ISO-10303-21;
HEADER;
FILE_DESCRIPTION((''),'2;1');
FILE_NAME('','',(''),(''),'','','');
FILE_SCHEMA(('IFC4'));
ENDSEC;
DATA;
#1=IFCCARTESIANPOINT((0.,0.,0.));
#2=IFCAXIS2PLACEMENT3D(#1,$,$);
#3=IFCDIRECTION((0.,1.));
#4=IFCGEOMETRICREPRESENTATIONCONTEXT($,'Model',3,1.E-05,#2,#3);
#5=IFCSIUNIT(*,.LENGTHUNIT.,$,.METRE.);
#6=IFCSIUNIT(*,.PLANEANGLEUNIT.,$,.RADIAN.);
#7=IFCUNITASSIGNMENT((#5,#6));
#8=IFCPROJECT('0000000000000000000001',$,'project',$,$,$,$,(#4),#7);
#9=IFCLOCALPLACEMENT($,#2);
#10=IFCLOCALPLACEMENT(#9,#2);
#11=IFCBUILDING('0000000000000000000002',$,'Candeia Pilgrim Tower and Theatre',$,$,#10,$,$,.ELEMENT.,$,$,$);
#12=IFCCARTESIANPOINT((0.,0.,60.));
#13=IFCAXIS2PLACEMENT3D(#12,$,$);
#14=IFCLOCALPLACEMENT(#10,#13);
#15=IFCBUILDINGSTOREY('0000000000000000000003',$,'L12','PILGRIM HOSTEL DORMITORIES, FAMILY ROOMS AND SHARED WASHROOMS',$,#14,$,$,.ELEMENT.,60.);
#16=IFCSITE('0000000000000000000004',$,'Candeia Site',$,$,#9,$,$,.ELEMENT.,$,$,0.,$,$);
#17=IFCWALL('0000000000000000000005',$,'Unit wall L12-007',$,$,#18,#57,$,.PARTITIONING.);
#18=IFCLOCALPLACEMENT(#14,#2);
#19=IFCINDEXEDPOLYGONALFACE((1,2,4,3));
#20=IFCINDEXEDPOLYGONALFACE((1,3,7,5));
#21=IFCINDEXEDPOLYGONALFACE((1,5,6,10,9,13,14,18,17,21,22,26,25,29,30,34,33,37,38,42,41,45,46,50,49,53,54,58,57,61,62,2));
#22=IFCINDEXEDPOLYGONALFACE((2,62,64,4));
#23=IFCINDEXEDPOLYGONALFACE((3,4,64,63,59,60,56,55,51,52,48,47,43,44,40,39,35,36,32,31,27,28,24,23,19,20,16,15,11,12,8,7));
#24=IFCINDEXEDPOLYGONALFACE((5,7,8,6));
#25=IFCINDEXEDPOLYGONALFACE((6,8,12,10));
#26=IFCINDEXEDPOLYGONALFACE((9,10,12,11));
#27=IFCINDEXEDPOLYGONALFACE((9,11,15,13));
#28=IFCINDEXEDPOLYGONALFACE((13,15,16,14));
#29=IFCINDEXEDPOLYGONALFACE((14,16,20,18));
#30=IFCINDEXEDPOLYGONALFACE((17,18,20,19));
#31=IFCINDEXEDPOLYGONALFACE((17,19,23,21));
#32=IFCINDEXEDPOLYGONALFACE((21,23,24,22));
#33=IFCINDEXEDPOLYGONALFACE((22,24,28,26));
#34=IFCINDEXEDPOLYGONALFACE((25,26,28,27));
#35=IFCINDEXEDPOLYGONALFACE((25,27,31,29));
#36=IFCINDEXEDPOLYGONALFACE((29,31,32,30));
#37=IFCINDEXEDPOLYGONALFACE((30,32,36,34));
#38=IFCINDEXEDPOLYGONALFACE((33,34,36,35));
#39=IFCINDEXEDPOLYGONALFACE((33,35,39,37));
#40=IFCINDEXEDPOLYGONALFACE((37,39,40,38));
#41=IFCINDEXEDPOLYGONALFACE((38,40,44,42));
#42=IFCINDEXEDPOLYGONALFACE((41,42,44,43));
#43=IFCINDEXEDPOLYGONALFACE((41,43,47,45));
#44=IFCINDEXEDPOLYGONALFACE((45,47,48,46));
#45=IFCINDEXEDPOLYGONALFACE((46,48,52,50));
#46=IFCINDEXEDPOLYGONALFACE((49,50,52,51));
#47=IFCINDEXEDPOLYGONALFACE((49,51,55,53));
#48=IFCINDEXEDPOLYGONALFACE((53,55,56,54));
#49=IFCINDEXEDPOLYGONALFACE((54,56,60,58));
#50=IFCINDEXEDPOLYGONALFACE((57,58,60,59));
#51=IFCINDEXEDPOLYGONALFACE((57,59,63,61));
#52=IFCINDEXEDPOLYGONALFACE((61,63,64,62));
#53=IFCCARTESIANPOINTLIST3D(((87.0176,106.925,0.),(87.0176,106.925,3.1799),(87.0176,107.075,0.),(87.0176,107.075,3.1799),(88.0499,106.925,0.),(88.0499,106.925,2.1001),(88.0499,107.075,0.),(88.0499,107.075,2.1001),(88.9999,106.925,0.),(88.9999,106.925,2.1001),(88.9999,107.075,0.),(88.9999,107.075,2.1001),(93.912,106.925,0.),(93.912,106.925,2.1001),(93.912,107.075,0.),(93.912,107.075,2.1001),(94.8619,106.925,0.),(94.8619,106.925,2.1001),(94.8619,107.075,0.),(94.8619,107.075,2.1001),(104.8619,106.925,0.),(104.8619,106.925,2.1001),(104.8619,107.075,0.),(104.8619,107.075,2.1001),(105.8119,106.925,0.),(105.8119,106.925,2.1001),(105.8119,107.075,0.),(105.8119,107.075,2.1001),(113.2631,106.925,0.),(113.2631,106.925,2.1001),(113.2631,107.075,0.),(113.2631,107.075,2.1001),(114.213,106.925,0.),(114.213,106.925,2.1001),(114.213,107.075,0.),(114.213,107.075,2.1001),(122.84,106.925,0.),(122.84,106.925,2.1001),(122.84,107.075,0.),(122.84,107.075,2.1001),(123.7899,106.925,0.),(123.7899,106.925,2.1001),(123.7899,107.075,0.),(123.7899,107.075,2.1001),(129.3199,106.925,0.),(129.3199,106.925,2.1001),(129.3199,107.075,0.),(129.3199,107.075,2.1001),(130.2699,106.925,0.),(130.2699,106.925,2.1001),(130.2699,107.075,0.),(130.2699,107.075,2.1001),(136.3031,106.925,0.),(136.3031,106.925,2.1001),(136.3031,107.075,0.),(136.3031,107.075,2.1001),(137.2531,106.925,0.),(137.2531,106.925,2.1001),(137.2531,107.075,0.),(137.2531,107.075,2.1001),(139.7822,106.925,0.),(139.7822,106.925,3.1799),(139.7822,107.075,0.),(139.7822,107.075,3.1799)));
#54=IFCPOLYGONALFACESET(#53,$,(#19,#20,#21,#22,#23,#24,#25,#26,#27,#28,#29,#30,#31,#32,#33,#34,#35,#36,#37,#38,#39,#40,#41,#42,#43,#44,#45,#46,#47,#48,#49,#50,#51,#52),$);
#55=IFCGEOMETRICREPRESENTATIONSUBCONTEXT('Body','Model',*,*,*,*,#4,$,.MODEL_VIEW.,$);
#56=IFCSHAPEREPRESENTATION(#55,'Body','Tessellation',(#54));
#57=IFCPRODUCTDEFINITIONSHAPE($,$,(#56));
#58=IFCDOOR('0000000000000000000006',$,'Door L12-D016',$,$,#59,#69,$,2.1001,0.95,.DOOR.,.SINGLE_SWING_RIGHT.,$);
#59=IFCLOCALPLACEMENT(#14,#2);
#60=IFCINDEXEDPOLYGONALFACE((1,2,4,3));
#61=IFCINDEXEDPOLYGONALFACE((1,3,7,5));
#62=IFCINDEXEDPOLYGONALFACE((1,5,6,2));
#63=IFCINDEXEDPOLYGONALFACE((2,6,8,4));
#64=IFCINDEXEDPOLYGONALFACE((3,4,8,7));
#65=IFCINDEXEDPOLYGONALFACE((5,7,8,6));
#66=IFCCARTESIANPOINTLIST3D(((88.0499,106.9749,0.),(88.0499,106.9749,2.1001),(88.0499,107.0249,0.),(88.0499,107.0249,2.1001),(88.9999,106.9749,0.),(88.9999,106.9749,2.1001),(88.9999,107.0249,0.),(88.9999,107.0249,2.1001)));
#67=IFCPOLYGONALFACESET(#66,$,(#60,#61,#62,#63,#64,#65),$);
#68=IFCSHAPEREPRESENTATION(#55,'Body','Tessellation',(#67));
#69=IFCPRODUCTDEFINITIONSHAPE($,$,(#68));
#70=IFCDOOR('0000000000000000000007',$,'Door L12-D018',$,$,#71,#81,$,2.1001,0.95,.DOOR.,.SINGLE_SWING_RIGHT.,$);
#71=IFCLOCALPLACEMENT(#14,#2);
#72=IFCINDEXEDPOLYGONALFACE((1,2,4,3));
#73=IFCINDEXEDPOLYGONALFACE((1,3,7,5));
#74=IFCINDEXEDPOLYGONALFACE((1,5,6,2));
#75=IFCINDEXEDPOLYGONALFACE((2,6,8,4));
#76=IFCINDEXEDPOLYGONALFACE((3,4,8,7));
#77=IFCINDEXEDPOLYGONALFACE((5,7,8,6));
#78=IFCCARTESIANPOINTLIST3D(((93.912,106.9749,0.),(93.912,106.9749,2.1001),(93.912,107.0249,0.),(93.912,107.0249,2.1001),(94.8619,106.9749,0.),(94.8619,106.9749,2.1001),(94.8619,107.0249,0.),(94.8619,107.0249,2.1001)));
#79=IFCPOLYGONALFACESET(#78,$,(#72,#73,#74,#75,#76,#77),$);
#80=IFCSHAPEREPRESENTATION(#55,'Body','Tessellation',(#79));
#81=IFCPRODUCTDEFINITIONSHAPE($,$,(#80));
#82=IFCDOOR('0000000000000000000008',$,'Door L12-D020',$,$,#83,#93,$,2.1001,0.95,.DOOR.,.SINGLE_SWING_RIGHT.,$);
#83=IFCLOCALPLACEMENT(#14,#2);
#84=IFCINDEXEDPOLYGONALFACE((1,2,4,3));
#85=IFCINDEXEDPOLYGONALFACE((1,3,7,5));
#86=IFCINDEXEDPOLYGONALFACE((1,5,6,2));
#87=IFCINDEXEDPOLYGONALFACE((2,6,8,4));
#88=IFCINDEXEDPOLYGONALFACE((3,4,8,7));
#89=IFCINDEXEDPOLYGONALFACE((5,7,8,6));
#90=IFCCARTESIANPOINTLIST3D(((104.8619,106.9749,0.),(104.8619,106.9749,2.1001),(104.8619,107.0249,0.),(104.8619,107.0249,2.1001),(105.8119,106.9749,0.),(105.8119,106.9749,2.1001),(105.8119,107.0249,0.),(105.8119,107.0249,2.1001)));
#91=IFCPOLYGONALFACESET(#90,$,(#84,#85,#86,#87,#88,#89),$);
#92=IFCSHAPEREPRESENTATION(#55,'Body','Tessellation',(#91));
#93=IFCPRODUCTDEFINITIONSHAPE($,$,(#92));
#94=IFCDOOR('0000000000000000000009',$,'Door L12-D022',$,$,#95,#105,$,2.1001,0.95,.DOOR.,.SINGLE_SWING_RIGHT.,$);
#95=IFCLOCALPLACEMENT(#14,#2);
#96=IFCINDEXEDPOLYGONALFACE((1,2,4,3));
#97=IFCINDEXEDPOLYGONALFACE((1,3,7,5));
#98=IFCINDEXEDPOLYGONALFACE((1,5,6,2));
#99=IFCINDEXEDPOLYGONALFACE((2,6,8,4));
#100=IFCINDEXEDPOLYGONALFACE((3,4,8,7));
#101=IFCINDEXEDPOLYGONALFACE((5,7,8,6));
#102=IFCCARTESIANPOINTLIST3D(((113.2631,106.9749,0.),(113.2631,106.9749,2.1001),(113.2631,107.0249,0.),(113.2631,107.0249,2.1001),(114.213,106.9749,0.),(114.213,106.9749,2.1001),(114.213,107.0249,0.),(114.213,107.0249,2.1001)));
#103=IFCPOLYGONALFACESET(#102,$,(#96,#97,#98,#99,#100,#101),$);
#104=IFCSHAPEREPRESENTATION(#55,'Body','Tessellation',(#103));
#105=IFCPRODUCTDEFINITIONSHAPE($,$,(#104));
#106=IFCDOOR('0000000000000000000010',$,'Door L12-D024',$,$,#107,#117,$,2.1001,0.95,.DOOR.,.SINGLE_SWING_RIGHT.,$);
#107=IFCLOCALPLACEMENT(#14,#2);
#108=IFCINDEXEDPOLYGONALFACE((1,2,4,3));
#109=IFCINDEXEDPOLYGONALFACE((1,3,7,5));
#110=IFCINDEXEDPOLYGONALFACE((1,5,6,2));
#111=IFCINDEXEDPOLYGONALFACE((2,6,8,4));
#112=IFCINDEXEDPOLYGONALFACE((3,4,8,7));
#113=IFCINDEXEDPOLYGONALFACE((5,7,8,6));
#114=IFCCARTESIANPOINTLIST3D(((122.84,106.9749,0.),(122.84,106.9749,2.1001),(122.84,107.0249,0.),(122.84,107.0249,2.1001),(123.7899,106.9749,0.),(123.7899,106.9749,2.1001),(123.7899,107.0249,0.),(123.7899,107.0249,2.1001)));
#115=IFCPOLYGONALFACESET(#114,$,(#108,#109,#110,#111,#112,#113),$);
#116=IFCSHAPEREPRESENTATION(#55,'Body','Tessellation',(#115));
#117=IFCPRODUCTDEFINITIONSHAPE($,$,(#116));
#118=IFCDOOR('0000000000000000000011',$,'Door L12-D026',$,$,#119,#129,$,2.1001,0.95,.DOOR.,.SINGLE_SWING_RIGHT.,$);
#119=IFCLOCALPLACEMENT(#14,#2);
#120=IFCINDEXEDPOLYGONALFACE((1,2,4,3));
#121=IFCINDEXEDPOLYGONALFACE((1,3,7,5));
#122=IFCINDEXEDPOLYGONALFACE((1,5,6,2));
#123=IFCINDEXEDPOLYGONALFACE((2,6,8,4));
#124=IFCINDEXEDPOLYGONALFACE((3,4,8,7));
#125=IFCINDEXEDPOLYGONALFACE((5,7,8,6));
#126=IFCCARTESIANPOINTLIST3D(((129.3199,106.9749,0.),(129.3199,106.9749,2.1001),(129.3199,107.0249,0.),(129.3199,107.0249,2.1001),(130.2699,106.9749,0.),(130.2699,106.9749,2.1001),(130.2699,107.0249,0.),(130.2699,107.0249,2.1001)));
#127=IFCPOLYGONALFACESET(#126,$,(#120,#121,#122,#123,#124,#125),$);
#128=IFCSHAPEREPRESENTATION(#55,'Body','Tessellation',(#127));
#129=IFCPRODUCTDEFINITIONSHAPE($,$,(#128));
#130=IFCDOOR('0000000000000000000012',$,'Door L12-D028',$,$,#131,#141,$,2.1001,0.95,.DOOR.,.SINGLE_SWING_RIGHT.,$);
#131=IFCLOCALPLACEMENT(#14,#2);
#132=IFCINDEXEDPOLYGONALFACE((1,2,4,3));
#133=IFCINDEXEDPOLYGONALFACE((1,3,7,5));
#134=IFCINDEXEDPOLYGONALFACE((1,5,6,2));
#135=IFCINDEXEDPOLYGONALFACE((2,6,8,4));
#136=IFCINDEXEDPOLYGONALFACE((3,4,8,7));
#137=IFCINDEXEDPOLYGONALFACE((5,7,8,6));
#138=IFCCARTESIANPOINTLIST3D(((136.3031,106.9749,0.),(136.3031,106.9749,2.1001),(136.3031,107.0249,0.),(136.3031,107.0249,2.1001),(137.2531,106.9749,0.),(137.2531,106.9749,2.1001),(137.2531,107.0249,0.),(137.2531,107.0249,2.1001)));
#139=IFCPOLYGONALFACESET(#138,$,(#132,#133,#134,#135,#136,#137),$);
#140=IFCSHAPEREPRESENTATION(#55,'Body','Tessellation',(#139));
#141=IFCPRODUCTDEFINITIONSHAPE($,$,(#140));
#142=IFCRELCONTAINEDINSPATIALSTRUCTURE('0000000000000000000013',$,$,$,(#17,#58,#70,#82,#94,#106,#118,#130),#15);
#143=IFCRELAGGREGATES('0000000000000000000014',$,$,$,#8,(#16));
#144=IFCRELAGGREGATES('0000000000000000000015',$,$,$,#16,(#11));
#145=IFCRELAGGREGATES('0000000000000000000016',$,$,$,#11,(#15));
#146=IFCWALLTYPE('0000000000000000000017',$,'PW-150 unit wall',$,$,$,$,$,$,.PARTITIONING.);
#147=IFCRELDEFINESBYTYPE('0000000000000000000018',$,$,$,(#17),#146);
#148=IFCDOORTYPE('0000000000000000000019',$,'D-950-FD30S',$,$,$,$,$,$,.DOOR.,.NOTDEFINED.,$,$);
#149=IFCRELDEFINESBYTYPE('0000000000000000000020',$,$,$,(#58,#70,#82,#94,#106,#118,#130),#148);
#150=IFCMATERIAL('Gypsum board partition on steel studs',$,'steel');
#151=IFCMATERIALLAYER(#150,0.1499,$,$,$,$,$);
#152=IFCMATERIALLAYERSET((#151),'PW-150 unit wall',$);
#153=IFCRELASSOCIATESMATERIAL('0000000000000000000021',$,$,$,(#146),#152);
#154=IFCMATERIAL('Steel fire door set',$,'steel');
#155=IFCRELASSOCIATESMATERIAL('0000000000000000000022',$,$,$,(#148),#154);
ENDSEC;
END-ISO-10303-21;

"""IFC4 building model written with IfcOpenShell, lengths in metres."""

from ifc_helpers import new_model, si_unit, direction, frame, frame_2d, origin, place, context, subcontext, project, spatial, rectangle, extrude, material, layer, layer_set, type_object, element, fill, save


model = new_model("IFC4")

# Units and contexts
model_context = context("Model", 3, precision=1e-05, world=origin(), true_north=direction((0.0, 1.0)))
body_context = subcontext(model_context, "Body", "Model", "MODEL_VIEW")
ifc_project = project(units=[si_unit("LENGTHUNIT", "METRE"), si_unit("PLANEANGLEUNIT", "RADIAN")], contexts=[model_context])

# Site, building, storey
site_placement = place(None, origin())
site = spatial("IfcSite", under=ifc_project, at=site_placement, Name="Candeia Site", CompositionType="ELEMENT", RefElevation=0.0)
building_placement = place(site_placement, origin())
building = spatial("IfcBuilding", under=site, at=building_placement, Name="Candeia Pilgrim Tower and Theatre", CompositionType="ELEMENT")
storey_placement = place(building_placement, frame((0.0, 0.0, 60.0)))
storey = spatial("IfcBuildingStorey", under=building, at=storey_placement, Name="L12", Description="PILGRIM HOSTEL DORMITORIES, FAMILY ROOMS AND SHARED WASHROOMS", CompositionType="ELEMENT", Elevation=60.0)

# Shared definitions
ifc_material_1 = material(Name="Gypsum board partition on steel studs", Category="steel")

# Wall, openings, doors
ifc_layer_1 = layer(ifc_material_1, 0.1499)
ifc_layer_set_1 = layer_set([ifc_layer_1], Name="PW-150 unit wall")
wall_type_1 = type_object("IfcWallType", Name="PW-150 unit wall", PredefinedType="PARTITIONING", material=ifc_layer_set_1)
wall_1_placement = place(storey_placement, frame((87.0176, 107.0, 0.0), z_axis=(0.0, 0.0, 1.0), x_axis=(1.0, 0.0, 0.0)))
wall_1 = element("IfcWall", 1, at=wall_1_placement, inside=storey, type_object=wall_type_1, Name="Unit wall L12-007", PredefinedType="PARTITIONING", context=body_context, shape_type="SweptSolid", body=[
    extrude(rectangle(XDim=52.7646, YDim=0.1499, at=frame_2d((26.3823, 0.0))), origin(), (0.0, 0.0, 1.0), 3.1799),
])
opening_1_placement = place(wall_1_placement, frame((1.0322, 0.0, 0.0)))
opening_1 = element("IfcOpeningElement", 2, at=opening_1_placement, cuts=wall_1, PredefinedType="OPENING", context=body_context, shape_type="SweptSolid", body=[
    extrude(rectangle(XDim=0.95, YDim=2.1001, at=frame_2d((0.4751, 1.05))), frame((0.0, 0.085, 0.0), z_axis=(0.0, -1.0, 0.0), x_axis=(1.0, 0.0, 0.0)), (0.0, 0.0, 1.0), 0.1699),
])
opening_2_placement = place(wall_1_placement, frame((6.8943, 0.0, 0.0)))
opening_2 = element("IfcOpeningElement", 3, at=opening_2_placement, cuts=wall_1, PredefinedType="OPENING", context=body_context, shape_type="SweptSolid", body=[
    extrude(rectangle(XDim=0.95, YDim=2.1001, at=frame_2d((0.4751, 1.05))), frame((0.0, 0.085, 0.0), z_axis=(0.0, -1.0, 0.0), x_axis=(1.0, 0.0, 0.0)), (0.0, 0.0, 1.0), 0.1699),
])
opening_3_placement = place(wall_1_placement, frame((17.8442, 0.0, 0.0)))
opening_3 = element("IfcOpeningElement", 4, at=opening_3_placement, cuts=wall_1, PredefinedType="OPENING", context=body_context, shape_type="SweptSolid", body=[
    extrude(rectangle(XDim=0.95, YDim=2.1001, at=frame_2d((0.4751, 1.05))), frame((0.0, 0.085, 0.0), z_axis=(0.0, -1.0, 0.0), x_axis=(1.0, 0.0, 0.0)), (0.0, 0.0, 1.0), 0.1699),
])
opening_4_placement = place(wall_1_placement, frame((26.2454, 0.0, 0.0)))
opening_4 = element("IfcOpeningElement", 5, at=opening_4_placement, cuts=wall_1, PredefinedType="OPENING", context=body_context, shape_type="SweptSolid", body=[
    extrude(rectangle(XDim=0.95, YDim=2.1001, at=frame_2d((0.4751, 1.05))), frame((0.0, 0.085, 0.0), z_axis=(0.0, -1.0, 0.0), x_axis=(1.0, 0.0, 0.0)), (0.0, 0.0, 1.0), 0.1699),
])
opening_5_placement = place(wall_1_placement, frame((35.8223, 0.0, 0.0)))
opening_5 = element("IfcOpeningElement", 6, at=opening_5_placement, cuts=wall_1, PredefinedType="OPENING", context=body_context, shape_type="SweptSolid", body=[
    extrude(rectangle(XDim=0.95, YDim=2.1001, at=frame_2d((0.4751, 1.05))), frame((0.0, 0.085, 0.0), z_axis=(0.0, -1.0, 0.0), x_axis=(1.0, 0.0, 0.0)), (0.0, 0.0, 1.0), 0.1699),
])
opening_6_placement = place(wall_1_placement, frame((42.3022, 0.0, 0.0)))
opening_6 = element("IfcOpeningElement", 7, at=opening_6_placement, cuts=wall_1, PredefinedType="OPENING", context=body_context, shape_type="SweptSolid", body=[
    extrude(rectangle(XDim=0.95, YDim=2.1001, at=frame_2d((0.4751, 1.05))), frame((0.0, 0.085, 0.0), z_axis=(0.0, -1.0, 0.0), x_axis=(1.0, 0.0, 0.0)), (0.0, 0.0, 1.0), 0.1699),
])
opening_7_placement = place(wall_1_placement, frame((49.2854, 0.0, 0.0)))
opening_7 = element("IfcOpeningElement", 8, at=opening_7_placement, cuts=wall_1, PredefinedType="OPENING", context=body_context, shape_type="SweptSolid", body=[
    extrude(rectangle(XDim=0.95, YDim=2.1001, at=frame_2d((0.4751, 1.05))), frame((0.0, 0.085, 0.0), z_axis=(0.0, -1.0, 0.0), x_axis=(1.0, 0.0, 0.0)), (0.0, 0.0, 1.0), 0.1699),
])
ifc_material_2 = material(Name="Steel fire door set", Category="steel")
door_type_1 = type_object("IfcDoorType", Name="D-950-FD30S", OperationType="NOTDEFINED", PredefinedType="DOOR", material=ifc_material_2)
door_1_placement = place(opening_1_placement, origin())
door_1 = element("IfcDoor", 9, at=door_1_placement, inside=storey, type_object=door_type_1, Name="Door L12-D016", OperationType="SINGLE_SWING_RIGHT", OverallHeight=2.1001, OverallWidth=0.95, PredefinedType="DOOR", context=body_context, shape_type="SweptSolid", body=[
    extrude(rectangle(XDim=0.95, YDim=2.1001, at=frame_2d((0.4751, 1.05))), frame((0.0, 0.0249, 0.0), z_axis=(0.0, -1.0, 0.0), x_axis=(1.0, 0.0, 0.0)), (0.0, 0.0, 1.0), 0.05),
])
fill(opening_1, door_1)
door_2_placement = place(opening_2_placement, origin())
door_2 = element("IfcDoor", 10, at=door_2_placement, inside=storey, type_object=door_type_1, Name="Door L12-D018", OperationType="SINGLE_SWING_RIGHT", OverallHeight=2.1001, OverallWidth=0.95, PredefinedType="DOOR", context=body_context, shape_type="SweptSolid", body=[
    extrude(rectangle(XDim=0.95, YDim=2.1001, at=frame_2d((0.4751, 1.05))), frame((0.0, 0.0249, 0.0), z_axis=(0.0, -1.0, 0.0), x_axis=(1.0, 0.0, 0.0)), (0.0, 0.0, 1.0), 0.05),
])
fill(opening_2, door_2)
door_3_placement = place(opening_3_placement, origin())
door_3 = element("IfcDoor", 11, at=door_3_placement, inside=storey, type_object=door_type_1, Name="Door L12-D020", OperationType="SINGLE_SWING_RIGHT", OverallHeight=2.1001, OverallWidth=0.95, PredefinedType="DOOR", context=body_context, shape_type="SweptSolid", body=[
    extrude(rectangle(XDim=0.95, YDim=2.1001, at=frame_2d((0.4751, 1.05))), frame((0.0, 0.0249, 0.0), z_axis=(0.0, -1.0, 0.0), x_axis=(1.0, 0.0, 0.0)), (0.0, 0.0, 1.0), 0.05),
])
fill(opening_3, door_3)
door_4_placement = place(opening_4_placement, origin())
door_4 = element("IfcDoor", 12, at=door_4_placement, inside=storey, type_object=door_type_1, Name="Door L12-D022", OperationType="SINGLE_SWING_RIGHT", OverallHeight=2.1001, OverallWidth=0.95, PredefinedType="DOOR", context=body_context, shape_type="SweptSolid", body=[
    extrude(rectangle(XDim=0.95, YDim=2.1001, at=frame_2d((0.4751, 1.05))), frame((0.0, 0.0249, 0.0), z_axis=(0.0, -1.0, 0.0), x_axis=(1.0, 0.0, 0.0)), (0.0, 0.0, 1.0), 0.05),
])
fill(opening_4, door_4)
door_5_placement = place(opening_5_placement, origin())
door_5 = element("IfcDoor", 13, at=door_5_placement, inside=storey, type_object=door_type_1, Name="Door L12-D024", OperationType="SINGLE_SWING_RIGHT", OverallHeight=2.1001, OverallWidth=0.95, PredefinedType="DOOR", context=body_context, shape_type="SweptSolid", body=[
    extrude(rectangle(XDim=0.95, YDim=2.1001, at=frame_2d((0.4751, 1.05))), frame((0.0, 0.0249, 0.0), z_axis=(0.0, -1.0, 0.0), x_axis=(1.0, 0.0, 0.0)), (0.0, 0.0, 1.0), 0.05),
])
fill(opening_5, door_5)
door_6_placement = place(opening_6_placement, origin())
door_6 = element("IfcDoor", 14, at=door_6_placement, inside=storey, type_object=door_type_1, Name="Door L12-D026", OperationType="SINGLE_SWING_RIGHT", OverallHeight=2.1001, OverallWidth=0.95, PredefinedType="DOOR", context=body_context, shape_type="SweptSolid", body=[
    extrude(rectangle(XDim=0.95, YDim=2.1001, at=frame_2d((0.4751, 1.05))), frame((0.0, 0.0249, 0.0), z_axis=(0.0, -1.0, 0.0), x_axis=(1.0, 0.0, 0.0)), (0.0, 0.0, 1.0), 0.05),
])
fill(opening_6, door_6)
door_7_placement = place(opening_7_placement, origin())
door_7 = element("IfcDoor", 15, at=door_7_placement, inside=storey, type_object=door_type_1, Name="Door L12-D028", OperationType="SINGLE_SWING_RIGHT", OverallHeight=2.1001, OverallWidth=0.95, PredefinedType="DOOR", context=body_context, shape_type="SweptSolid", body=[
    extrude(rectangle(XDim=0.95, YDim=2.1001, at=frame_2d((0.4751, 1.05))), frame((0.0, 0.0249, 0.0), z_axis=(0.0, -1.0, 0.0), x_axis=(1.0, 0.0, 0.0)), (0.0, 0.0, 1.0), 0.05),
])
fill(opening_7, door_7)

save(model, "model.ifc")
